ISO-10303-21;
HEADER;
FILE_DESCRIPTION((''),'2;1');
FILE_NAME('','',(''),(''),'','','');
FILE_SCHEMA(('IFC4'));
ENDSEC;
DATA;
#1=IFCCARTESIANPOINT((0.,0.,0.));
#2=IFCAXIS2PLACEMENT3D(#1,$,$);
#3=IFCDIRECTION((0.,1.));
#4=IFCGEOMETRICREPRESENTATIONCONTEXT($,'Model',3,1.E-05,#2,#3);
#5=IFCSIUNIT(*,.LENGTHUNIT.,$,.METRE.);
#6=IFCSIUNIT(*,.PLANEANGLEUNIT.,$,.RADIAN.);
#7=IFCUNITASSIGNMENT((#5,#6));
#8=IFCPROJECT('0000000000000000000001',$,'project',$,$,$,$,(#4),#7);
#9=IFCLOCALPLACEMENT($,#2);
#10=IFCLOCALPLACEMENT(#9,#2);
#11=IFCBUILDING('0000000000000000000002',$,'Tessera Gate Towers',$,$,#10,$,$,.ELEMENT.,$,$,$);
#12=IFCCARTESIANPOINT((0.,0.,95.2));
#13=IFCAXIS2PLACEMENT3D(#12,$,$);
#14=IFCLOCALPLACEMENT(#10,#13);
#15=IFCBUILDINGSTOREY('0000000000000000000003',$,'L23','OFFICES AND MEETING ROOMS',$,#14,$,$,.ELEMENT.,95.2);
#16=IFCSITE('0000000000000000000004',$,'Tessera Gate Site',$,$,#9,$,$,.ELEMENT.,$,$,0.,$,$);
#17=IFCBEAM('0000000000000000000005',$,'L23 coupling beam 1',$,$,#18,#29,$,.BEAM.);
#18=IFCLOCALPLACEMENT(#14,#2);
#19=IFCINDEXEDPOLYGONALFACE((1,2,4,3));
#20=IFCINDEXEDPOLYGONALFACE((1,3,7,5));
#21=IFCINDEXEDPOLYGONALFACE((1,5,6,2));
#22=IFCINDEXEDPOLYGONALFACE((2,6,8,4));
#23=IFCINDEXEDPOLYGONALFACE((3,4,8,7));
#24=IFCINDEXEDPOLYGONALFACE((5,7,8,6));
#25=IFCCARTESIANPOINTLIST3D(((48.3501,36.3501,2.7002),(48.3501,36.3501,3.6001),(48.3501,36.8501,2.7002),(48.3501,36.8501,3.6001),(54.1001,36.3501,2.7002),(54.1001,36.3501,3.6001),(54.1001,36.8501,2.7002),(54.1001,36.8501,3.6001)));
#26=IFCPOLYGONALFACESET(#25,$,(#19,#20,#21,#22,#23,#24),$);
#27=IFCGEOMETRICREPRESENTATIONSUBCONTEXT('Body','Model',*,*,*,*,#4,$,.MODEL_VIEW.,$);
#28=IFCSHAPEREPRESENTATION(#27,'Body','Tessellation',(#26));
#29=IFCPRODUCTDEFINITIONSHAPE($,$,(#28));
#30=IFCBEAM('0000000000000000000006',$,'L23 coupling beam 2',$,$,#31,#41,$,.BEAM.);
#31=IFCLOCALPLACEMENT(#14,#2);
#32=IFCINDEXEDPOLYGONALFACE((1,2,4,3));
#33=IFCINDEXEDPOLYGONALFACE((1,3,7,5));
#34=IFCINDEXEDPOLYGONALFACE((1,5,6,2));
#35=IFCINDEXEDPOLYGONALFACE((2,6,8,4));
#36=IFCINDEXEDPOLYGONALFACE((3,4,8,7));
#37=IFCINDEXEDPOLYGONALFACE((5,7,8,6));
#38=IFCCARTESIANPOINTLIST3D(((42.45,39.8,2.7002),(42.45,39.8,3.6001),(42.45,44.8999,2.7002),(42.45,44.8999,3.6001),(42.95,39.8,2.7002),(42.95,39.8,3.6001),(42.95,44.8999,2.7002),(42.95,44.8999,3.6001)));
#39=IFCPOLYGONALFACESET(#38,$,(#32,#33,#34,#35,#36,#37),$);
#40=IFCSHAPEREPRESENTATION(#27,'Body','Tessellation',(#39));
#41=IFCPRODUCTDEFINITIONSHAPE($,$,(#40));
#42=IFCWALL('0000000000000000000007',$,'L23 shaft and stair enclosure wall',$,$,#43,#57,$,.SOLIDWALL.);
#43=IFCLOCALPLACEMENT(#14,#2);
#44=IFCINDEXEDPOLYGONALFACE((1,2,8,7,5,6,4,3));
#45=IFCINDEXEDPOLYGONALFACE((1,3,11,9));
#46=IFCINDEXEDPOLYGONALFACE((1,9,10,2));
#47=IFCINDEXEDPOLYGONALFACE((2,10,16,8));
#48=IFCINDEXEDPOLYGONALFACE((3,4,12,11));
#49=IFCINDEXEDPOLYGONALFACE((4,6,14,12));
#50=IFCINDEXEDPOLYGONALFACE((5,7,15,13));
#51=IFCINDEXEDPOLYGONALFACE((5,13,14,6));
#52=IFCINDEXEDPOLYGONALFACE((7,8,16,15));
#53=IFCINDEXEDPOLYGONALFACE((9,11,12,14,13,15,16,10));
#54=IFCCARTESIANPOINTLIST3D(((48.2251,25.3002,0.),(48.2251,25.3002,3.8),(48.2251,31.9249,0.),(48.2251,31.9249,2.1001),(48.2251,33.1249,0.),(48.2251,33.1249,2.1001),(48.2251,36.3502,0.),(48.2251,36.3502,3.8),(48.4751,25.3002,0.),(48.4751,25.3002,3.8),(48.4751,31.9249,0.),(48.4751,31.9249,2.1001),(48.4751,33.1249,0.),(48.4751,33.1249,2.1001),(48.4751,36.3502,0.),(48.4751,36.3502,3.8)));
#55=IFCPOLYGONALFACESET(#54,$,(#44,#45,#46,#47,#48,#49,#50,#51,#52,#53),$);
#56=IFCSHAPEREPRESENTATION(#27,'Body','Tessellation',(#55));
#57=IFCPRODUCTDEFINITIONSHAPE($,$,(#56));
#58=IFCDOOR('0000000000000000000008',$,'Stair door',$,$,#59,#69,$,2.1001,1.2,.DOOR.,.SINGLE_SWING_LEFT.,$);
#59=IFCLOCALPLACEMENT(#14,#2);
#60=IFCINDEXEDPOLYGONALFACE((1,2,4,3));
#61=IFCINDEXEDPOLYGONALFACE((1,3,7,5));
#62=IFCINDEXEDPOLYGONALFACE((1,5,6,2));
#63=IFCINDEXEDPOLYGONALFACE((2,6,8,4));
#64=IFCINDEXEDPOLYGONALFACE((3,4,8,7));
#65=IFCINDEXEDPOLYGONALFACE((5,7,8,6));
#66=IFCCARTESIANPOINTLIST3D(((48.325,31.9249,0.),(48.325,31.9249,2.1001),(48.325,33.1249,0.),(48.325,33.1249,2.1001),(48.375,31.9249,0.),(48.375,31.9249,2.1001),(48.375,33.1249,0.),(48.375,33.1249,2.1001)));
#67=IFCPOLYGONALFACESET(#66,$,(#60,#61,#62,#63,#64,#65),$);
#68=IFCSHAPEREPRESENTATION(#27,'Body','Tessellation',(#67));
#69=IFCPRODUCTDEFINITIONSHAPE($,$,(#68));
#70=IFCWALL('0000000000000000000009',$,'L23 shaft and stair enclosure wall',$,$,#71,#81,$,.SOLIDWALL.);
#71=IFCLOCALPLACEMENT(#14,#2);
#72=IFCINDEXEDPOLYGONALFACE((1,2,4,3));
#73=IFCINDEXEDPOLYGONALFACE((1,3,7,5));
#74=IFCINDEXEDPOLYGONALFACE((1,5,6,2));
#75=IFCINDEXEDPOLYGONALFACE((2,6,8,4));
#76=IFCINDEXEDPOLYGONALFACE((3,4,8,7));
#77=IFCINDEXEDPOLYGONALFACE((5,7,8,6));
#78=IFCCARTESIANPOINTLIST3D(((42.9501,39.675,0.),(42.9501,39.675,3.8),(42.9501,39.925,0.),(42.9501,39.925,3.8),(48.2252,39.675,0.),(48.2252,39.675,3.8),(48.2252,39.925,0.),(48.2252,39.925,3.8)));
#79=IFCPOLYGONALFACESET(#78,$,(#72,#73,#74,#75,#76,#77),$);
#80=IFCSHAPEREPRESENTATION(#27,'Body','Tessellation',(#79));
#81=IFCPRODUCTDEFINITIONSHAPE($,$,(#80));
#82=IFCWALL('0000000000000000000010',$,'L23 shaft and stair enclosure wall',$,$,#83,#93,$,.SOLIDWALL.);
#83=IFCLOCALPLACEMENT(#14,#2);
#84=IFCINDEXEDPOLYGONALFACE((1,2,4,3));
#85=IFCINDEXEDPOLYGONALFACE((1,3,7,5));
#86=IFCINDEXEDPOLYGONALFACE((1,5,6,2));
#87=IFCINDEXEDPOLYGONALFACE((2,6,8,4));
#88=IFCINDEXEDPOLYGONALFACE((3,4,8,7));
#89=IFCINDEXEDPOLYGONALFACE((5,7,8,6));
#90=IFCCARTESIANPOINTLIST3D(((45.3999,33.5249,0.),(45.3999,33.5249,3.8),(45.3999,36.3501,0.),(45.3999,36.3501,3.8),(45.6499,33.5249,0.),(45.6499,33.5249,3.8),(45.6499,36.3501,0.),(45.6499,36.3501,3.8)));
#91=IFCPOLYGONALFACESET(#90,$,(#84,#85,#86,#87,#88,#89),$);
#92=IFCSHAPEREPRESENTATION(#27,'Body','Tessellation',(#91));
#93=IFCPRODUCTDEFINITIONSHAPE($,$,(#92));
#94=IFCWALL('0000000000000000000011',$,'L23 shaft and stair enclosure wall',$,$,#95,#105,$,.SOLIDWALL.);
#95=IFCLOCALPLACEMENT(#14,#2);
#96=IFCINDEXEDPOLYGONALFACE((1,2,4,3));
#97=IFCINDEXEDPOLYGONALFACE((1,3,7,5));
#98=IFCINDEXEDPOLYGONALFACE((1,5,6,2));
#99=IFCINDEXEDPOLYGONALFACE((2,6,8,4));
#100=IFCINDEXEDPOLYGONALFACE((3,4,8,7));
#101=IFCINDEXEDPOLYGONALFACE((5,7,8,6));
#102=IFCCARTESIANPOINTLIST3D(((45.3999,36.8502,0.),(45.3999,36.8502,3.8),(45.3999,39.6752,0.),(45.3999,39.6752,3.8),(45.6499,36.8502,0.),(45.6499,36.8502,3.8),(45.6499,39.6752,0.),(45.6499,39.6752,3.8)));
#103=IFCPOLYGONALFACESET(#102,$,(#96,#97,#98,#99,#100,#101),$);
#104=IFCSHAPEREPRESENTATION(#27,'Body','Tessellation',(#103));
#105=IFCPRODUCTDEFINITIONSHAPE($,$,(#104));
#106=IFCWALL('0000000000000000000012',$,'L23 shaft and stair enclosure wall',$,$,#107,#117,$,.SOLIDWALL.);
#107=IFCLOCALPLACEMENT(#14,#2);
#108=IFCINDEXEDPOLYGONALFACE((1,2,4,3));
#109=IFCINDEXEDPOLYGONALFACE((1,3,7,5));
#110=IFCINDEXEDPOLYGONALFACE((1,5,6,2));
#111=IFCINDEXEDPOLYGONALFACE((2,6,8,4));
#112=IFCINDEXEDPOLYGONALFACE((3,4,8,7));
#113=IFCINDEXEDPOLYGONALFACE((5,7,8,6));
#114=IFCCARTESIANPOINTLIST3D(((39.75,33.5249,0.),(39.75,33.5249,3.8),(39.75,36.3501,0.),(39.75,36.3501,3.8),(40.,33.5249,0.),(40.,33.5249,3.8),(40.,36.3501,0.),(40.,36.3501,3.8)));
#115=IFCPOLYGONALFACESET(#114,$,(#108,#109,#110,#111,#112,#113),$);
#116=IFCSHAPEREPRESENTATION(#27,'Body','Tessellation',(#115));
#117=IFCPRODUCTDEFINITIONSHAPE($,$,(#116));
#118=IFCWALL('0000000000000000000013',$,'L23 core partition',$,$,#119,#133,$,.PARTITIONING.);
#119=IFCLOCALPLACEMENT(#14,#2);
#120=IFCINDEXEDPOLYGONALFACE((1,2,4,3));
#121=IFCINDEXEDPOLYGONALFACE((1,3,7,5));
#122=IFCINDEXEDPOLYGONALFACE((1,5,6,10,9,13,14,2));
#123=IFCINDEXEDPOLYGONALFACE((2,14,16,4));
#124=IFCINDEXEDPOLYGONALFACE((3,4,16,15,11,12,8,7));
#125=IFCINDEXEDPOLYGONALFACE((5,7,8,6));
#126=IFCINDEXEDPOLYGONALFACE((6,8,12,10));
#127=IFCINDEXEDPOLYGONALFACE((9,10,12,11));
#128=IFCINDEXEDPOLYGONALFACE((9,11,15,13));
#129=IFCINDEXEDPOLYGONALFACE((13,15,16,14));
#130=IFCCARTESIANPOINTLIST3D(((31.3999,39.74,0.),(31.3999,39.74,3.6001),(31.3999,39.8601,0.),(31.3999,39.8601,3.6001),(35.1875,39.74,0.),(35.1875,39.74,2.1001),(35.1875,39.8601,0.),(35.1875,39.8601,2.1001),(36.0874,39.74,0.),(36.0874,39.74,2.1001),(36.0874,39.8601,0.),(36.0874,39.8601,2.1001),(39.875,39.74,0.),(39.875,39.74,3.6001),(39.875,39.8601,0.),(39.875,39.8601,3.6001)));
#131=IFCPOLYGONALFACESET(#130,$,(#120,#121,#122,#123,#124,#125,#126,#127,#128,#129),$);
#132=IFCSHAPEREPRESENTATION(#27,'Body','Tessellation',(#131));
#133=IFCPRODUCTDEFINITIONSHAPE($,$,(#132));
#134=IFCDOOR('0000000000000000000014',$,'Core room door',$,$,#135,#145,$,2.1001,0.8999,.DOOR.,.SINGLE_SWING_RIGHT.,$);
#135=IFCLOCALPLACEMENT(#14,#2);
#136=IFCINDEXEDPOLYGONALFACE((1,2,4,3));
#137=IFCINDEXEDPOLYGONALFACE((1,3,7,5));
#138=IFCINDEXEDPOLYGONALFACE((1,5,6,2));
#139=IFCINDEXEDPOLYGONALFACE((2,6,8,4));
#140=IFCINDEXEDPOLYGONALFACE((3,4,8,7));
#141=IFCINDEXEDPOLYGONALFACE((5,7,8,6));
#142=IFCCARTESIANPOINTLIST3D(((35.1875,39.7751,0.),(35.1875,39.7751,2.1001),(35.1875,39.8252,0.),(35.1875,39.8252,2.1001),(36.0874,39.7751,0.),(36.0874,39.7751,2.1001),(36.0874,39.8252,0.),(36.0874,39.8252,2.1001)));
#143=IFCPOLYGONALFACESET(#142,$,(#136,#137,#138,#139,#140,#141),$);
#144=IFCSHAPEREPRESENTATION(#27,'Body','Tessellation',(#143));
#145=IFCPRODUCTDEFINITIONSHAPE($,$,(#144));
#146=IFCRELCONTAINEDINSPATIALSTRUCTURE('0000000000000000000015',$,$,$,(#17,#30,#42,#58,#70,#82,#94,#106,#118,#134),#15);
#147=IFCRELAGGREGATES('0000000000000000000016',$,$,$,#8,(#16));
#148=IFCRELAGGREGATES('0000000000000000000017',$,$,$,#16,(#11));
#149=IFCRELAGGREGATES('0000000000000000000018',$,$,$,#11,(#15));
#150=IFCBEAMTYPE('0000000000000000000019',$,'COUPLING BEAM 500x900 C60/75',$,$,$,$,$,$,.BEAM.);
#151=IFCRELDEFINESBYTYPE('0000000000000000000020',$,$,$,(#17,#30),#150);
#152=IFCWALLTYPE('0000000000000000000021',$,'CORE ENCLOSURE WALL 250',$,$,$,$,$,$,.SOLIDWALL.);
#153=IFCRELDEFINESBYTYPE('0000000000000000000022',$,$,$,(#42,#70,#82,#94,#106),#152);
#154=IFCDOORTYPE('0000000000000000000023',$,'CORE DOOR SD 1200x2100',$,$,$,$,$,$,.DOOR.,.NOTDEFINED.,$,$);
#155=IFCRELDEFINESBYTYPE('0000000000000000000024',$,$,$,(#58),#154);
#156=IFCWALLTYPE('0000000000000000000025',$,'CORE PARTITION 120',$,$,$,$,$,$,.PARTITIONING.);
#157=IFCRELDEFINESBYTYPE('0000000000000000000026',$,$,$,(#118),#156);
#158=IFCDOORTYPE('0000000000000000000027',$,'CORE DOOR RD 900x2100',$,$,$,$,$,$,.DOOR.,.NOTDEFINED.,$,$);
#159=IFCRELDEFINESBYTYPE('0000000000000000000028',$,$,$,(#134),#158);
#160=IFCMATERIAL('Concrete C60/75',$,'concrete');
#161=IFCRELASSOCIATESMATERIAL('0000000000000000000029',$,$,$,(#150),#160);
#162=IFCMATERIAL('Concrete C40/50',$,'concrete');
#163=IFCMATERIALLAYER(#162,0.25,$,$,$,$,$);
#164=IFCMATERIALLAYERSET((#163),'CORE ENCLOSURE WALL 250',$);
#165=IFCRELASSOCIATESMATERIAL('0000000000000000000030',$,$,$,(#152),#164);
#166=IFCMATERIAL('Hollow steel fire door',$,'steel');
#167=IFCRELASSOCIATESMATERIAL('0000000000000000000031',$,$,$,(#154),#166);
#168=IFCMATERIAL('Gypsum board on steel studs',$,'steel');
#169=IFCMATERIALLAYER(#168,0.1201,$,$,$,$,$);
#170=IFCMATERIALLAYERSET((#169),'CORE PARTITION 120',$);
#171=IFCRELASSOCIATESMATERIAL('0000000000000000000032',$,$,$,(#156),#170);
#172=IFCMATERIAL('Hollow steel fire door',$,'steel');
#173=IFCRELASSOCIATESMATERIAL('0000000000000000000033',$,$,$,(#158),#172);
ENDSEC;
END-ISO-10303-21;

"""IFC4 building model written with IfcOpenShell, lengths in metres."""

from ifc_helpers import new_model, si_unit, direction, frame, frame_2d, origin, origin_2d, place, context, subcontext, project, spatial, rectangle, extrude, source, transform, mapped, material, layer, layer_set, material_profile, profile_set, type_object, element, fill, save


model = new_model("IFC4")

# Units and contexts
model_context = context("Model", 3, precision=1e-05, world=origin(), true_north=direction((0.0, 1.0)))
body_context = subcontext(model_context, "Body", "Model", "MODEL_VIEW")
ifc_project = project(units=[si_unit("LENGTHUNIT", "METRE"), si_unit("PLANEANGLEUNIT", "RADIAN")], contexts=[model_context])

# Site, building, storey
site_placement = place(None, origin())
site = spatial("IfcSite", under=ifc_project, at=site_placement, Name="Tessera Gate Site", CompositionType="ELEMENT", RefElevation=0.0)
building_placement = place(site_placement, origin())
building = spatial("IfcBuilding", under=site, at=building_placement, Name="Tessera Gate Towers", CompositionType="ELEMENT")
storey_placement = place(building_placement, frame((0.0, 0.0, 95.2)))
storey = spatial("IfcBuildingStorey", under=building, at=storey_placement, Name="L23", Description="OFFICES AND MEETING ROOMS", CompositionType="ELEMENT", Elevation=95.2)

# Beams
ifc_material_1 = material(Name="Concrete C60/75", Category="concrete")
ifc_material_profile = material_profile(ifc_material_1, rectangle(XDim=0.5, YDim=0.8999, at=origin_2d()), Name="RC 500x900")
ifc_profile_set = profile_set([ifc_material_profile], Name="Concrete C60/75")
beam_type = type_object("IfcBeamType", Name="COUPLING BEAM 500x900 C60/75", PredefinedType="BEAM", material=ifc_profile_set)
beam_1_placement = place(storey_placement, frame((48.3501, 36.6001, 3.1501), z_axis=(1.0, 0.0, 0.0), x_axis=(0.0, 1.0, 0.0)))
element("IfcBeam", 1, at=beam_1_placement, inside=storey, type_object=beam_type, Name="L23 coupling beam 1", PredefinedType="BEAM", context=body_context, shape_type="SweptSolid", body=[
    extrude(rectangle(XDim=0.5, YDim=0.8999, at=origin_2d()), origin(), (0.0, 0.0, 1.0), 5.75),
])
beam_2_placement = place(storey_placement, frame((42.7, 39.8, 3.1501), z_axis=(0.0, 1.0, 0.0), x_axis=(-1.0, 0.0, 0.0)))
element("IfcBeam", 2, at=beam_2_placement, inside=storey, type_object=beam_type, Name="L23 coupling beam 2", PredefinedType="BEAM", context=body_context, shape_type="SweptSolid", body=[
    extrude(rectangle(XDim=0.5, YDim=0.8999, at=origin_2d()), origin(), (0.0, 0.0, 1.0), 5.0999),
])

# Wall, opening, door
ifc_material_2 = material(Name="Concrete C40/50", Category="concrete")
ifc_layer_1 = layer(ifc_material_2, 0.25)
ifc_layer_set_1 = layer_set([ifc_layer_1], Name="CORE ENCLOSURE WALL 250")
wall_type_1 = type_object("IfcWallType", Name="CORE ENCLOSURE WALL 250", PredefinedType="SOLIDWALL", material=ifc_layer_set_1)
wall_1_placement = place(storey_placement, frame((48.3501, 36.3501, 0.0), z_axis=(0.0, 0.0, 1.0), x_axis=(0.0, -1.0, 0.0)))
wall_1 = element("IfcWall", 3, at=wall_1_placement, inside=storey, type_object=wall_type_1, Name="L23 shaft and stair enclosure wall", PredefinedType="SOLIDWALL", context=body_context, shape_type="SweptSolid", body=[
    extrude(rectangle(XDim=11.05, YDim=0.25, at=frame_2d((5.5249, 0.0))), origin(), (0.0, 0.0, 1.0), 3.8),
])
shared_shape_1 = source(origin(), body_context, "Body", "SweptSolid", [
    extrude(rectangle(XDim=1.2, YDim=2.1001, at=frame_2d((0.6001, 1.05))), frame((0.0, 0.135, 0.0), z_axis=(0.0, -1.0, 0.0), x_axis=(1.0, 0.0, 0.0)), (0.0, 0.0, 1.0), 0.27),
])
opening_1_placement = place(wall_1_placement, frame((3.2251, 0.0, 0.0)))
opening_1 = element("IfcOpeningElement", 4, at=opening_1_placement, cuts=wall_1, PredefinedType="OPENING", context=body_context, shape_type="MappedRepresentation", body=[
    mapped(shared_shape_1, transform((0.0, 0.0, 0.0), scale=1.0)),
])
ifc_material_3 = material(Name="Hollow steel fire door", Category="steel")
door_type_1 = type_object("IfcDoorType", Name="CORE DOOR SD 1200x2100", OperationType="NOTDEFINED", PredefinedType="DOOR", material=ifc_material_3)
shared_shape_2 = source(origin(), body_context, "Body", "SweptSolid", [
    extrude(rectangle(XDim=1.2, YDim=2.1001, at=frame_2d((0.6001, 1.05))), frame((0.0, 0.0249, 0.0), z_axis=(0.0, -1.0, 0.0), x_axis=(1.0, 0.0, 0.0)), (0.0, 0.0, 1.0), 0.05),
])
door_1_placement = place(opening_1_placement, origin())
door_1 = element("IfcDoor", 5, at=door_1_placement, inside=storey, type_object=door_type_1, Name="Stair door", OperationType="SINGLE_SWING_LEFT", OverallHeight=2.1001, OverallWidth=1.2, PredefinedType="DOOR", context=body_context, shape_type="MappedRepresentation", body=[
    mapped(shared_shape_2, transform((0.0, 0.0, 0.0), scale=1.0)),
])
fill(opening_1, door_1)

# Walls
wall_2_placement = place(storey_placement, frame((42.95, 39.8, 0.0), z_axis=(0.0, 0.0, 1.0), x_axis=(1.0, 0.0, 0.0)))
element("IfcWall", 6, at=wall_2_placement, inside=storey, type_object=wall_type_1, Name="L23 shaft and stair enclosure wall", PredefinedType="SOLIDWALL", context=body_context, shape_type="SweptSolid", body=[
    extrude(rectangle(XDim=5.2751, YDim=0.25, at=frame_2d((2.6377, 0.0))), origin(), (0.0, 0.0, 1.0), 3.8),
])
wall_3_placement = place(storey_placement, frame((45.5249, 33.5249, 0.0), z_axis=(0.0, 0.0, 1.0), x_axis=(0.0, 1.0, 0.0)))
element("IfcWall", 7, at=wall_3_placement, inside=storey, type_object=wall_type_1, Name="L23 shaft and stair enclosure wall", PredefinedType="SOLIDWALL", context=body_context, shape_type="SweptSolid", body=[
    extrude(rectangle(XDim=2.8252, YDim=0.25, at=frame_2d((1.4126, 0.0))), origin(), (0.0, 0.0, 1.0), 3.8),
])
wall_4_placement = place(storey_placement, frame((45.5249, 36.8501, 0.0), z_axis=(0.0, 0.0, 1.0), x_axis=(0.0, 1.0, 0.0)))
element("IfcWall", 8, at=wall_4_placement, inside=storey, type_object=wall_type_1, Name="L23 shaft and stair enclosure wall", PredefinedType="SOLIDWALL", context=body_context, shape_type="SweptSolid", body=[
    extrude(rectangle(XDim=2.825, YDim=0.25, at=frame_2d((1.4126, 0.0))), origin(), (0.0, 0.0, 1.0), 3.8),
])
wall_5_placement = place(storey_placement, frame((39.875, 33.5249, 0.0), z_axis=(0.0, 0.0, 1.0), x_axis=(0.0, 1.0, 0.0)))
element("IfcWall", 9, at=wall_5_placement, inside=storey, type_object=wall_type_1, Name="L23 shaft and stair enclosure wall", PredefinedType="SOLIDWALL", context=body_context, shape_type="SweptSolid", body=[
    extrude(rectangle(XDim=2.8252, YDim=0.25, at=frame_2d((1.4126, 0.0))), origin(), (0.0, 0.0, 1.0), 3.8),
])

# Wall, opening, door
ifc_material_4 = material(Name="Gypsum board on steel studs", Category="steel")
ifc_layer_2 = layer(ifc_material_4, 0.1201)
ifc_layer_set_2 = layer_set([ifc_layer_2], Name="CORE PARTITION 120")
wall_type_2 = type_object("IfcWallType", Name="CORE PARTITION 120", PredefinedType="PARTITIONING", material=ifc_layer_set_2)
wall_6_placement = place(storey_placement, frame((39.875, 39.8, 0.0), z_axis=(0.0, 0.0, 1.0), x_axis=(-1.0, 0.0, 0.0)))
wall_6 = element("IfcWall", 10, at=wall_6_placement, inside=storey, type_object=wall_type_2, Name="L23 core partition", PredefinedType="PARTITIONING", context=body_context, shape_type="SweptSolid", body=[
    extrude(rectangle(XDim=8.4751, YDim=0.1201, at=frame_2d((4.2375, 0.0))), origin(), (0.0, 0.0, 1.0), 3.6001),
])
shared_shape_3 = source(origin(), body_context, "Body", "SweptSolid", [
    extrude(rectangle(XDim=0.8999, YDim=2.1001, at=frame_2d((0.45, 1.05))), frame((0.0, 0.0701, 0.0), z_axis=(0.0, -1.0, 0.0), x_axis=(1.0, 0.0, 0.0)), (0.0, 0.0, 1.0), 0.1401),
])
opening_2_placement = place(wall_6_placement, frame((3.7876, 0.0, 0.0)))
opening_2 = element("IfcOpeningElement", 11, at=opening_2_placement, cuts=wall_6, PredefinedType="OPENING", context=body_context, shape_type="MappedRepresentation", body=[
    mapped(shared_shape_3, transform((0.0, 0.0, 0.0), scale=1.0)),
])
ifc_material_5 = material(Name="Hollow steel fire door", Category="steel")
door_type_2 = type_object("IfcDoorType", Name="CORE DOOR RD 900x2100", OperationType="NOTDEFINED", PredefinedType="DOOR", material=ifc_material_5)
shared_shape_4 = source(origin(), body_context, "Body", "SweptSolid", [
    extrude(rectangle(XDim=0.8999, YDim=2.1001, at=frame_2d((0.45, 1.05))), frame((0.0, 0.0249, 0.0), z_axis=(0.0, -1.0, 0.0), x_axis=(1.0, 0.0, 0.0)), (0.0, 0.0, 1.0), 0.05),
])
door_2_placement = place(opening_2_placement, origin())
door_2 = element("IfcDoor", 12, at=door_2_placement, inside=storey, type_object=door_type_2, Name="Core room door", OperationType="SINGLE_SWING_RIGHT", OverallHeight=2.1001, OverallWidth=0.8999, PredefinedType="DOOR", context=body_context, shape_type="MappedRepresentation", body=[
    mapped(shared_shape_4, transform((0.0, 0.0, 0.0), scale=1.0)),
])
fill(opening_2, door_2)

save(model, "model.ifc")
